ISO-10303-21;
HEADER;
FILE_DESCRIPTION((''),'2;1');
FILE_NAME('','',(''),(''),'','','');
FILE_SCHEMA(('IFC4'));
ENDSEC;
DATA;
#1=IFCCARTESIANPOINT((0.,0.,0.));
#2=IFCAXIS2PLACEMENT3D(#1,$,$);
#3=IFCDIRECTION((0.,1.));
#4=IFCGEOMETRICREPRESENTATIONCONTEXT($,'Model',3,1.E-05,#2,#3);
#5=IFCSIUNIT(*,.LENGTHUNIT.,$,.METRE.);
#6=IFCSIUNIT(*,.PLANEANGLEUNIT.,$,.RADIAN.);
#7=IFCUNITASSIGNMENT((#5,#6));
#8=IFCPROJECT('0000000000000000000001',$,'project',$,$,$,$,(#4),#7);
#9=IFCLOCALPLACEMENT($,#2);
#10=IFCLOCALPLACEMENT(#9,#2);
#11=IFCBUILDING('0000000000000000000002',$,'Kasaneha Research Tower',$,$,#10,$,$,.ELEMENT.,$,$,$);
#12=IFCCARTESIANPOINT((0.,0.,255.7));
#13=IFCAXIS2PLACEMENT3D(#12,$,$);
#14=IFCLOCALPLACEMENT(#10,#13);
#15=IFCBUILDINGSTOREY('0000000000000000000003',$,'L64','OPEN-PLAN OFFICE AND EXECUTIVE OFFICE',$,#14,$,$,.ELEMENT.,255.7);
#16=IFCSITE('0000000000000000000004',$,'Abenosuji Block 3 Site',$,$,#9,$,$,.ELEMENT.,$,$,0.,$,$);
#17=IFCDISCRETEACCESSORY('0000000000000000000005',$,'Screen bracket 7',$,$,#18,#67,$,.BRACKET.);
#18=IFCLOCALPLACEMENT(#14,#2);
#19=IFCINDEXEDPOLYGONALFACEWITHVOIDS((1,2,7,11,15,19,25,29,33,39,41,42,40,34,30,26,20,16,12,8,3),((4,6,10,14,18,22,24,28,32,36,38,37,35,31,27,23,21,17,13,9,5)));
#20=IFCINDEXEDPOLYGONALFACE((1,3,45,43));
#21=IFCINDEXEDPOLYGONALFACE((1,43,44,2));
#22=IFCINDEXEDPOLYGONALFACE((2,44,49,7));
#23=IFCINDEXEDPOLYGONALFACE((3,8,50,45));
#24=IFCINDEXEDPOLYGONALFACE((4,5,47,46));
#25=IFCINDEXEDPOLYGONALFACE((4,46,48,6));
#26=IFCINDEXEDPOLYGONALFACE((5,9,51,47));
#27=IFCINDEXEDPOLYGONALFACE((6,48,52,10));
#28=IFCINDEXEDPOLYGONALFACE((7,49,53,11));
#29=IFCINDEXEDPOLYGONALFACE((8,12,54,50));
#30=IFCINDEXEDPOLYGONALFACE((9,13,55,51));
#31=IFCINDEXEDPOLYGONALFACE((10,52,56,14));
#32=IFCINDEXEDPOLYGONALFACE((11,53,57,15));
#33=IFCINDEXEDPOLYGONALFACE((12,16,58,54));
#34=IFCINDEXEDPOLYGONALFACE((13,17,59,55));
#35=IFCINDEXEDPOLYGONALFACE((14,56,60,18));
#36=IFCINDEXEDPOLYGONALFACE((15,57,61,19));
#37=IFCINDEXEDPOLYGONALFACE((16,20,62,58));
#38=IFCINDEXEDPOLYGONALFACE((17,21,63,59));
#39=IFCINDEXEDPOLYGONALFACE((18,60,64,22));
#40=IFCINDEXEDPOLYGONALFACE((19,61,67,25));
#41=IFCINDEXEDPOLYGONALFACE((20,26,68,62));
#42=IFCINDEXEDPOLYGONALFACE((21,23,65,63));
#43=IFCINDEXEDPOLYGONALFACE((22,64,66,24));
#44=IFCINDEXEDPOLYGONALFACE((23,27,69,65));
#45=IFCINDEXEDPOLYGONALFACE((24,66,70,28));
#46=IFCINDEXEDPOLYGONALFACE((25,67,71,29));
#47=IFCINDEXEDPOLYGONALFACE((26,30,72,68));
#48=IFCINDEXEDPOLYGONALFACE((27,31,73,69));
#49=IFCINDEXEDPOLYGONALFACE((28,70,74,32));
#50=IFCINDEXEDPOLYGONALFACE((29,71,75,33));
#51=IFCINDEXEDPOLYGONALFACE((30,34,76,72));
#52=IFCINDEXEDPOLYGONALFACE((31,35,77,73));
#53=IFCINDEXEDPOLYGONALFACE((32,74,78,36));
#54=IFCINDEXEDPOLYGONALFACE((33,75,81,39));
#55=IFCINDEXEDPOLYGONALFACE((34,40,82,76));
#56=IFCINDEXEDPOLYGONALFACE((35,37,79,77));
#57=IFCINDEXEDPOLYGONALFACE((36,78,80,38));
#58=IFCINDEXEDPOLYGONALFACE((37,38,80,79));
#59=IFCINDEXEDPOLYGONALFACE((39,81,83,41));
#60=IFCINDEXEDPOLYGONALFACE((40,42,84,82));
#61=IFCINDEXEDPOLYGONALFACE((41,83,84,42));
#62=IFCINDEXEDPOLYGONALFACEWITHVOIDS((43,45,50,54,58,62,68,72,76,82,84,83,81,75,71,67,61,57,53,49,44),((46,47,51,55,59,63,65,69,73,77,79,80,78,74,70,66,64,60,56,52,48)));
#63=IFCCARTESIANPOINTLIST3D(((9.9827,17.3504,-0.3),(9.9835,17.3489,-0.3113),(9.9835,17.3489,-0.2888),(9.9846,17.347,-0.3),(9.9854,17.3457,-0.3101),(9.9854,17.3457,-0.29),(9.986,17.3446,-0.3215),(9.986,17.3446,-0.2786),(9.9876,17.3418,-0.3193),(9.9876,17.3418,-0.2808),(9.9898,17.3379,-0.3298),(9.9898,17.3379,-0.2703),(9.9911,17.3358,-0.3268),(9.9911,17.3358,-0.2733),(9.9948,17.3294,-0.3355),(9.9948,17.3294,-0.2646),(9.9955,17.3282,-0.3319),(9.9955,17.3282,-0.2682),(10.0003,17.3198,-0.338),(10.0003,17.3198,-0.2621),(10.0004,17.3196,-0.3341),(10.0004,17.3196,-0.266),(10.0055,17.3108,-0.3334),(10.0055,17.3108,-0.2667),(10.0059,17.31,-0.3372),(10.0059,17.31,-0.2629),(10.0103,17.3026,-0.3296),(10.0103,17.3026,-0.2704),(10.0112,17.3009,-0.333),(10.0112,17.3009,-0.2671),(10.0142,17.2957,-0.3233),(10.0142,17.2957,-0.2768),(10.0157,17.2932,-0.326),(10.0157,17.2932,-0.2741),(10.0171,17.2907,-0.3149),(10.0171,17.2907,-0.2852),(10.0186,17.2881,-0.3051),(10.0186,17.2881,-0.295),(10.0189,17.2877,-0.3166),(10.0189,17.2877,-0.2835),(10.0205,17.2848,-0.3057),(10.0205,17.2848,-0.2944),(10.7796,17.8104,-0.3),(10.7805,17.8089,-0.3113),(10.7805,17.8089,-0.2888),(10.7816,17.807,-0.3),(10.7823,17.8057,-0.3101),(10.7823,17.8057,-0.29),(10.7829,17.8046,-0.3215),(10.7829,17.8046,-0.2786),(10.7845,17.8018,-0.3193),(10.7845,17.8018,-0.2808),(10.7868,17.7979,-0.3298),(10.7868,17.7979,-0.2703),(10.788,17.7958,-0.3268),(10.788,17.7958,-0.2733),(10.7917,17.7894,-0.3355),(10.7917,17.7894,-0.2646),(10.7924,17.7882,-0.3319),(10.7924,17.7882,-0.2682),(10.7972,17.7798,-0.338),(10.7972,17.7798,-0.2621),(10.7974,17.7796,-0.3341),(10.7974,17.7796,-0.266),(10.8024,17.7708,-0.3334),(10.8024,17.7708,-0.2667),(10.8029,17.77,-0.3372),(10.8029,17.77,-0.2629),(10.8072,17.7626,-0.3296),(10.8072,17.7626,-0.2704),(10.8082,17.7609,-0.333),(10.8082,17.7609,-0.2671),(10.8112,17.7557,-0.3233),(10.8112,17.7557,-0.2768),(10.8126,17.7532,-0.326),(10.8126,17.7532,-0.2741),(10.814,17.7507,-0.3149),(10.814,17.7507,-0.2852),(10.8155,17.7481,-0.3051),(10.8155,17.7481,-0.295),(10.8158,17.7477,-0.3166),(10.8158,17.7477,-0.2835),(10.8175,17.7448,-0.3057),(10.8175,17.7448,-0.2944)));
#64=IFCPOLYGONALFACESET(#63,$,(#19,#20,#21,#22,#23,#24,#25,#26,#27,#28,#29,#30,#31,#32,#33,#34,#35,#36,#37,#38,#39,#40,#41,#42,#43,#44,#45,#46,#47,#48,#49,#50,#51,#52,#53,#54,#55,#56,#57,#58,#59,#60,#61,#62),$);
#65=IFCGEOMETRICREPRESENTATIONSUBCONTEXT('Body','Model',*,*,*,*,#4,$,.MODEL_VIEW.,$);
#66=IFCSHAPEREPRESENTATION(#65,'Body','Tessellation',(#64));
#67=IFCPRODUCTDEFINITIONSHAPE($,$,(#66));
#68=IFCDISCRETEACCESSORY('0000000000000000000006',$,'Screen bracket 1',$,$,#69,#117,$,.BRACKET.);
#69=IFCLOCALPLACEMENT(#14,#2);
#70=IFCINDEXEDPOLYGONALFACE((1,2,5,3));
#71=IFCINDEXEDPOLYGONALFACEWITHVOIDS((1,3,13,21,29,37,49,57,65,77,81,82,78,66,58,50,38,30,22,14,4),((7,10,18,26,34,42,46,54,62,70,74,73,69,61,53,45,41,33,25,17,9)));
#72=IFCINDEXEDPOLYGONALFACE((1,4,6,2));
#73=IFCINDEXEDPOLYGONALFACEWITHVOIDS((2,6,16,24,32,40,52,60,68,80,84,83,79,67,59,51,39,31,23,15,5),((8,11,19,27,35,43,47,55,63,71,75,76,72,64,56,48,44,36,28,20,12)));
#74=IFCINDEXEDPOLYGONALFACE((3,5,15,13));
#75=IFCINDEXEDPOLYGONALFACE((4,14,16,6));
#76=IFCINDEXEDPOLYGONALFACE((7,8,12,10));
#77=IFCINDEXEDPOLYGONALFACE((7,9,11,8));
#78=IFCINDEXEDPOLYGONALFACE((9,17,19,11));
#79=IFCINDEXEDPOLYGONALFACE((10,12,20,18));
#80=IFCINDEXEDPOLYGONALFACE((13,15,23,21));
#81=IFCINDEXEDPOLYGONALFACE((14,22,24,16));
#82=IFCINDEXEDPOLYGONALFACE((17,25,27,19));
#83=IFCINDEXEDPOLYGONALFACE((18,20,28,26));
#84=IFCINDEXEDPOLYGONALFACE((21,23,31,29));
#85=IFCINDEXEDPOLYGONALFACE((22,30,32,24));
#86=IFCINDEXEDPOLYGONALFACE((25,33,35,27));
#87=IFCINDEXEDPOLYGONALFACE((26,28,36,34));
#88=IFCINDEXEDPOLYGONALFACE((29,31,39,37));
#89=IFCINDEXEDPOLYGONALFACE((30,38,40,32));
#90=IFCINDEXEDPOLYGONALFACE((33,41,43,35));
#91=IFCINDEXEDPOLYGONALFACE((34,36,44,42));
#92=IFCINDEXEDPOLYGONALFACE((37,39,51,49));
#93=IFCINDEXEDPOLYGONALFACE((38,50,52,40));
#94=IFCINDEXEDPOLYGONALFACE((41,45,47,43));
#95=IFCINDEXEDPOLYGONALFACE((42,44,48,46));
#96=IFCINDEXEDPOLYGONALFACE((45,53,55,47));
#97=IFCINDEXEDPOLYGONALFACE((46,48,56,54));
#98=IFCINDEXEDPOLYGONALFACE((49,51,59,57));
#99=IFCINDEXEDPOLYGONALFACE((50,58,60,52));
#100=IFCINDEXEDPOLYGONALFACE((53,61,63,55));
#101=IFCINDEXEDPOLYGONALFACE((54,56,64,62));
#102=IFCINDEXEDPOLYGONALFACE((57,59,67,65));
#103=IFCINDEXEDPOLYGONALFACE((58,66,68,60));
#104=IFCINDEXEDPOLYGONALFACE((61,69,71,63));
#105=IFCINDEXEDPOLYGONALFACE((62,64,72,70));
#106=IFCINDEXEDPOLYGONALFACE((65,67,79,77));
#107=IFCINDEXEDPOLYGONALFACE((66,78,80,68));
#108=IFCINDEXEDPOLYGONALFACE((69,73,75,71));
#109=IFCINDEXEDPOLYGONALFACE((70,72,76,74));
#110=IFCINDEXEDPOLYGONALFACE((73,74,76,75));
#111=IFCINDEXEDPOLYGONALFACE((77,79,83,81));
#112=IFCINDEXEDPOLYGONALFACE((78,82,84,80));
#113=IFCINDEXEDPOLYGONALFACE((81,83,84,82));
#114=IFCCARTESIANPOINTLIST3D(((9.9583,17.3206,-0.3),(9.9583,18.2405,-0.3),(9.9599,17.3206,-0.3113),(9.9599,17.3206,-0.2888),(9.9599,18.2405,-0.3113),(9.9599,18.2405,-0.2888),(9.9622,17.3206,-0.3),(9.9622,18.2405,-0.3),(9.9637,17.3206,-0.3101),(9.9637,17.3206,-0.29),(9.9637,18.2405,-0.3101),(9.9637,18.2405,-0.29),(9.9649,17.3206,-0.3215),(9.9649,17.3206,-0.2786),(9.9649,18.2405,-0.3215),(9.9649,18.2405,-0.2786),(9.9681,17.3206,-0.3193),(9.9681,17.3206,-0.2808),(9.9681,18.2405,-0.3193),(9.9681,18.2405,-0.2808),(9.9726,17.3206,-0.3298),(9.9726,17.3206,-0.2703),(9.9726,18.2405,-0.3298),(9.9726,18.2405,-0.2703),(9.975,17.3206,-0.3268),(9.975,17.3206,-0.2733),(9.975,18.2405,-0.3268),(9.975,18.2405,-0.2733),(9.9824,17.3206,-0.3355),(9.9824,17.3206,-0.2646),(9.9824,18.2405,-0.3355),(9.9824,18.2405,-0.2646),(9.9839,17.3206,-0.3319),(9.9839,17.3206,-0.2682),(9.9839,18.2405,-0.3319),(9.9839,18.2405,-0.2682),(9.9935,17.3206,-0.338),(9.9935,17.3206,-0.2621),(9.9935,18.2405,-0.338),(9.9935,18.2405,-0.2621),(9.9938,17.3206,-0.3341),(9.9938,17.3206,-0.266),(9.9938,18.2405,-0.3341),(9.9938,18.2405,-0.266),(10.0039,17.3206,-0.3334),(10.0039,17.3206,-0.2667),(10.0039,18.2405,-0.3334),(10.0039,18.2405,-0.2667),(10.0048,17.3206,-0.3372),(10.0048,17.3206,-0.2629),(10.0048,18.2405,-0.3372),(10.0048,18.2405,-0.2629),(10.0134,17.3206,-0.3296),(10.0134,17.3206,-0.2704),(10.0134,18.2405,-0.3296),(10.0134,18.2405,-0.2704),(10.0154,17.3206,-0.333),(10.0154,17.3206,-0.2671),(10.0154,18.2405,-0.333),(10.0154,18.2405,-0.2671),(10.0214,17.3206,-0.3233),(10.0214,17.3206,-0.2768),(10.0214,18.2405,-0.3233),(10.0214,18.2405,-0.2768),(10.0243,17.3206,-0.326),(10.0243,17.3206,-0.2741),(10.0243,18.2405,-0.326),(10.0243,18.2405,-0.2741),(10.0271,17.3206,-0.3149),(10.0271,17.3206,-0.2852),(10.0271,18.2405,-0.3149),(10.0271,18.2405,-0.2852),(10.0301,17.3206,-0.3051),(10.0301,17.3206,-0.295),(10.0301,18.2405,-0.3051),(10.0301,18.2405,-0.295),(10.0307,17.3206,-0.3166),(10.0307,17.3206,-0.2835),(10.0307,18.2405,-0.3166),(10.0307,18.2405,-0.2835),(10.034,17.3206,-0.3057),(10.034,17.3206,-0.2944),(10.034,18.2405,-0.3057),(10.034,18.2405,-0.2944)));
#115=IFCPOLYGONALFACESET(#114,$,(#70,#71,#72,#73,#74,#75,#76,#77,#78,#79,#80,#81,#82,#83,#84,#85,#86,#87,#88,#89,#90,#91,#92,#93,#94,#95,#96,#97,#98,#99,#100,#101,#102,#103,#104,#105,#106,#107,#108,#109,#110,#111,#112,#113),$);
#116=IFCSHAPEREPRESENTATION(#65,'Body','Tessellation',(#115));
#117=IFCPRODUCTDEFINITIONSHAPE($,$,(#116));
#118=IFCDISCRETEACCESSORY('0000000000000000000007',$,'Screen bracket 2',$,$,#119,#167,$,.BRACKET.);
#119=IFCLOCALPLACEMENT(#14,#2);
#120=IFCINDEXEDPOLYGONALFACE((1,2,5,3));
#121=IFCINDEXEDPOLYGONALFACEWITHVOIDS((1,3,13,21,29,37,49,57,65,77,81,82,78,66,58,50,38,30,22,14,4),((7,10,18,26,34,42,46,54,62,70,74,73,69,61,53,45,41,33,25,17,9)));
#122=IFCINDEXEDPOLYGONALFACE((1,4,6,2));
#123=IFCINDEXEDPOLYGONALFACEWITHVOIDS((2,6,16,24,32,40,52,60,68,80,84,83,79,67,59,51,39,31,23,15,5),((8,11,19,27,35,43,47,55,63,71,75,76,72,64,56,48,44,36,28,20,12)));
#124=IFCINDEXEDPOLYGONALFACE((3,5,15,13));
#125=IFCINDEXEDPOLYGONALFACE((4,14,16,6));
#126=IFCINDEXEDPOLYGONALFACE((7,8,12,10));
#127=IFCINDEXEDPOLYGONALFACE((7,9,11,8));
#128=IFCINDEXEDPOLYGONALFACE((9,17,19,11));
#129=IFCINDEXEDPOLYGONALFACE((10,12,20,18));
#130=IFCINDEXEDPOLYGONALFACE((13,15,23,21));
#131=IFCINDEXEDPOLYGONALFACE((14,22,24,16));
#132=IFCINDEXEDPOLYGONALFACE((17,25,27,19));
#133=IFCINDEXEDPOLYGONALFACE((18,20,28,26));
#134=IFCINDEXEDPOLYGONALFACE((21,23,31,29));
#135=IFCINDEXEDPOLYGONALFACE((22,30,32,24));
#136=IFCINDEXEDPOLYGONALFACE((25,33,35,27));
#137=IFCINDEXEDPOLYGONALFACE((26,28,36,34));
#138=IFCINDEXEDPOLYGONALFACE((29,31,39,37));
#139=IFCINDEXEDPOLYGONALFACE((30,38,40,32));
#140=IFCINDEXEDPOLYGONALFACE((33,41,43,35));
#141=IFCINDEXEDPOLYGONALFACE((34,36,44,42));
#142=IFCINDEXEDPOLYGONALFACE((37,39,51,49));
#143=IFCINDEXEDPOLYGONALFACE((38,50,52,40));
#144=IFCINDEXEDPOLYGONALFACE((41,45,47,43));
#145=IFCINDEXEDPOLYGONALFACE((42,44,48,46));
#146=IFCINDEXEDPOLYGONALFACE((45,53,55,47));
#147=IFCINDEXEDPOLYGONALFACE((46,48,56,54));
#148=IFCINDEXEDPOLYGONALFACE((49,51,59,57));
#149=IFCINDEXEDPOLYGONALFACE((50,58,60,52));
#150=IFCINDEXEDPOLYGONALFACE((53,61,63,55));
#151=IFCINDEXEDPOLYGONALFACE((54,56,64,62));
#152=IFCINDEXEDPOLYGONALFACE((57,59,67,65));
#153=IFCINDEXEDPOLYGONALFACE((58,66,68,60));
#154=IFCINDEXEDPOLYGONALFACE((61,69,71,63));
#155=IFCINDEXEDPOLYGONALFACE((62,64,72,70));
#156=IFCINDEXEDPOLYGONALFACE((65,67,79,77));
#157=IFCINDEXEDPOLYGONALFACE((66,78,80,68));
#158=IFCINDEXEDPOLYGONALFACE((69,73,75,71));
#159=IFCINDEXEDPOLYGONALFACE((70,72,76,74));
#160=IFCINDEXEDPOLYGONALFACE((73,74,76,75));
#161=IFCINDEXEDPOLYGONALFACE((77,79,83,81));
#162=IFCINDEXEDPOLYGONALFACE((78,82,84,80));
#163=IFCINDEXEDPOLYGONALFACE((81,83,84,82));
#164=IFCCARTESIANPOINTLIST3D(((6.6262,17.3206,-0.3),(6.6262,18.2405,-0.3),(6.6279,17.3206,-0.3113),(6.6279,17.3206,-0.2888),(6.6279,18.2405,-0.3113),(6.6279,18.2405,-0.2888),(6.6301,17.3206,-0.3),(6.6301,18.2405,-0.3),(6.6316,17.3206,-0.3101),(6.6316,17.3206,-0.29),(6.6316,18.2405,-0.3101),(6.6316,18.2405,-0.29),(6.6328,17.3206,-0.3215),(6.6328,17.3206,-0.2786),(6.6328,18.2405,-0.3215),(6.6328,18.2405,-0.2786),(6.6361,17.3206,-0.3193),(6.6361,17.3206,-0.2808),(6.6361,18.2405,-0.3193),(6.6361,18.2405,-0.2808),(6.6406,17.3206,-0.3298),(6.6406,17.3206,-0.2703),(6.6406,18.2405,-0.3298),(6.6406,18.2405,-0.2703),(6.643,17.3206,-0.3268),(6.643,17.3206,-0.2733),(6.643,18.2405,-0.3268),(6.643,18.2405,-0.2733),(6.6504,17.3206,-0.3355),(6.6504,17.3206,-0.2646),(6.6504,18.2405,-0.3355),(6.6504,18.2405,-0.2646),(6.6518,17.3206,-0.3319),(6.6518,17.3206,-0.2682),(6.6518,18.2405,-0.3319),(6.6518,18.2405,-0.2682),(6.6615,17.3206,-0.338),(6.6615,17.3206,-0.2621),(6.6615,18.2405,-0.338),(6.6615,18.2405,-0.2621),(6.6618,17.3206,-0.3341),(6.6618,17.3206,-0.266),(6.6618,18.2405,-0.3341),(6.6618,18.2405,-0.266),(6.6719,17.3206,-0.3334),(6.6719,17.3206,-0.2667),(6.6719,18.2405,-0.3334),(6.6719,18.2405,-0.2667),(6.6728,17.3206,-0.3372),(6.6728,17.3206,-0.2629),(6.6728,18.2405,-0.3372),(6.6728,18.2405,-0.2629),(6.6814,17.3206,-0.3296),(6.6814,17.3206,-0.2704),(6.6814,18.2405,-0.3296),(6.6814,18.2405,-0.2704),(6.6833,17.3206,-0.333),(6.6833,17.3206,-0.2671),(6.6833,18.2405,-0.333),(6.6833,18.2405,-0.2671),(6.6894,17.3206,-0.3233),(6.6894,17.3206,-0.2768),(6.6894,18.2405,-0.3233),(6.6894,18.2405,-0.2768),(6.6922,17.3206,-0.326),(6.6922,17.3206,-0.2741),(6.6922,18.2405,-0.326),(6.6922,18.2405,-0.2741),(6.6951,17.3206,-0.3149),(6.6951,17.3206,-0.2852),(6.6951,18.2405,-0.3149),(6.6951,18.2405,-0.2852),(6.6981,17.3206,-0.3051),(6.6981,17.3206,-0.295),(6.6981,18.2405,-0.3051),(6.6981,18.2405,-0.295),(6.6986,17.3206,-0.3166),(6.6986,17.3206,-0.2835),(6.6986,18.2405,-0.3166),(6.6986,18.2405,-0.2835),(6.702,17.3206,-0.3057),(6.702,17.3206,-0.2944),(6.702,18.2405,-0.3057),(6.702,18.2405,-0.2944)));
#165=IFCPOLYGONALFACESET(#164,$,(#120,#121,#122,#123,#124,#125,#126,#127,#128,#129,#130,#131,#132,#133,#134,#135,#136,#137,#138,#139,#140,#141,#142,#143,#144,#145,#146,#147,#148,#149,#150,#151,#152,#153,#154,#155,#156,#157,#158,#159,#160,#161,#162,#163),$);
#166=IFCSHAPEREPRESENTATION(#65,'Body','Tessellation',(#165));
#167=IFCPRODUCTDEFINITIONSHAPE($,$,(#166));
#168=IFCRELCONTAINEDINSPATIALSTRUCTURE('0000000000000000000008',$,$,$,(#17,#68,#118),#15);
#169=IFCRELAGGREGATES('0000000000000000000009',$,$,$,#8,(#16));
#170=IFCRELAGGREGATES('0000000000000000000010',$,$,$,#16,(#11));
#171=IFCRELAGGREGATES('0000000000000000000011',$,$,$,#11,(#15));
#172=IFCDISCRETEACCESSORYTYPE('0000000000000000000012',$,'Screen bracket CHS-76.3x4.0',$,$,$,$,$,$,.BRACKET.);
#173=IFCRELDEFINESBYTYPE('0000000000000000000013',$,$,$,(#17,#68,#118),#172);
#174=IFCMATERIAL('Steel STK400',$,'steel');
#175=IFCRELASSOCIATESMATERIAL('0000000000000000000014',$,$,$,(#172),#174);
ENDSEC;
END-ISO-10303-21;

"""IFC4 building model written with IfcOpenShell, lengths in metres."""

from ifc_helpers import new_model, si_unit, direction, frame, origin, origin_2d, place, context, subcontext, project, spatial, hollow_circle, extrude, material, material_profile, profile_set, type_object, element, save


model = new_model("IFC4")

# Units and contexts
model_context = context("Model", 3, precision=1e-05, world=origin(), true_north=direction((0.0, 1.0)))
body_context = subcontext(model_context, "Body", "Model", "MODEL_VIEW")
ifc_project = project(units=[si_unit("LENGTHUNIT", "METRE"), si_unit("PLANEANGLEUNIT", "RADIAN")], contexts=[model_context])

# Site, building, storey
site_placement = place(None, origin())
site = spatial("IfcSite", under=ifc_project, at=site_placement, Name="Abenosuji Block 3 Site", CompositionType="ELEMENT", RefElevation=0.0)
building_placement = place(site_placement, origin())
building = spatial("IfcBuilding", under=site, at=building_placement, Name="Kasaneha Research Tower", CompositionType="ELEMENT")
storey_placement = place(building_placement, frame((0.0, 0.0, 255.7)))
storey = spatial("IfcBuildingStorey", under=building, at=storey_placement, Name="L64", Description="OPEN-PLAN OFFICE AND EXECUTIVE OFFICE", CompositionType="ELEMENT", Elevation=255.7)

# Discrete accessories
ifc_material_1 = material(Name="Steel STK400", Category="steel")
ifc_material_profile_1 = material_profile(ifc_material_1, hollow_circle(Radius=0.0381, WallThickness=0.0039, at=origin_2d()), Name="CHS-76.3x4.0")
ifc_profile_set_1 = profile_set([ifc_material_profile_1], Name="Steel STK400")
discrete_accessory_type = type_object("IfcDiscreteAccessoryType", Name="Screen bracket CHS-76.3x4.0", PredefinedType="BRACKET", material=ifc_profile_set_1)
for number, where, z_axis, x_axis, name in (
    (1, (10.0017, 17.3174, -0.3), (0.86608, 0.499906, 0.0), (-0.499906, 0.86608, 0.0), "Screen bracket 7"),
):
    element("IfcDiscreteAccessory", number, at=place(storey_placement, frame(where, z_axis=z_axis, x_axis=x_axis)), inside=storey, type_object=discrete_accessory_type, Name=name, PredefinedType="BRACKET", context=body_context, shape_type="SweptSolid", body=[
        extrude(hollow_circle(Radius=0.0381, WallThickness=0.0039, at=origin_2d()), origin(), (0.0, 0.0, 1.0), 0.9202),
    ])
for number, where, z_axis, x_axis, name in (
    (2, (9.9963, 17.3206, -0.3), (0.0, 1.0, 0.0), (-1.0, 0.0, 0.0), "Screen bracket 1"),
    (3, (6.6643, 17.3206, -0.3), (0.0, 1.0, 0.0), (-1.0, 0.0, 0.0), "Screen bracket 2"),
):
    element("IfcDiscreteAccessory", number, at=place(storey_placement, frame(where, z_axis=z_axis, x_axis=x_axis)), inside=storey, type_object=discrete_accessory_type, Name=name, PredefinedType="BRACKET", context=body_context, shape_type="SweptSolid", body=[
        extrude(hollow_circle(Radius=0.0381, WallThickness=0.0039, at=origin_2d()), origin(), (0.0, 0.0, 1.0), 0.9199),
    ])

save(model, "model.ifc")
